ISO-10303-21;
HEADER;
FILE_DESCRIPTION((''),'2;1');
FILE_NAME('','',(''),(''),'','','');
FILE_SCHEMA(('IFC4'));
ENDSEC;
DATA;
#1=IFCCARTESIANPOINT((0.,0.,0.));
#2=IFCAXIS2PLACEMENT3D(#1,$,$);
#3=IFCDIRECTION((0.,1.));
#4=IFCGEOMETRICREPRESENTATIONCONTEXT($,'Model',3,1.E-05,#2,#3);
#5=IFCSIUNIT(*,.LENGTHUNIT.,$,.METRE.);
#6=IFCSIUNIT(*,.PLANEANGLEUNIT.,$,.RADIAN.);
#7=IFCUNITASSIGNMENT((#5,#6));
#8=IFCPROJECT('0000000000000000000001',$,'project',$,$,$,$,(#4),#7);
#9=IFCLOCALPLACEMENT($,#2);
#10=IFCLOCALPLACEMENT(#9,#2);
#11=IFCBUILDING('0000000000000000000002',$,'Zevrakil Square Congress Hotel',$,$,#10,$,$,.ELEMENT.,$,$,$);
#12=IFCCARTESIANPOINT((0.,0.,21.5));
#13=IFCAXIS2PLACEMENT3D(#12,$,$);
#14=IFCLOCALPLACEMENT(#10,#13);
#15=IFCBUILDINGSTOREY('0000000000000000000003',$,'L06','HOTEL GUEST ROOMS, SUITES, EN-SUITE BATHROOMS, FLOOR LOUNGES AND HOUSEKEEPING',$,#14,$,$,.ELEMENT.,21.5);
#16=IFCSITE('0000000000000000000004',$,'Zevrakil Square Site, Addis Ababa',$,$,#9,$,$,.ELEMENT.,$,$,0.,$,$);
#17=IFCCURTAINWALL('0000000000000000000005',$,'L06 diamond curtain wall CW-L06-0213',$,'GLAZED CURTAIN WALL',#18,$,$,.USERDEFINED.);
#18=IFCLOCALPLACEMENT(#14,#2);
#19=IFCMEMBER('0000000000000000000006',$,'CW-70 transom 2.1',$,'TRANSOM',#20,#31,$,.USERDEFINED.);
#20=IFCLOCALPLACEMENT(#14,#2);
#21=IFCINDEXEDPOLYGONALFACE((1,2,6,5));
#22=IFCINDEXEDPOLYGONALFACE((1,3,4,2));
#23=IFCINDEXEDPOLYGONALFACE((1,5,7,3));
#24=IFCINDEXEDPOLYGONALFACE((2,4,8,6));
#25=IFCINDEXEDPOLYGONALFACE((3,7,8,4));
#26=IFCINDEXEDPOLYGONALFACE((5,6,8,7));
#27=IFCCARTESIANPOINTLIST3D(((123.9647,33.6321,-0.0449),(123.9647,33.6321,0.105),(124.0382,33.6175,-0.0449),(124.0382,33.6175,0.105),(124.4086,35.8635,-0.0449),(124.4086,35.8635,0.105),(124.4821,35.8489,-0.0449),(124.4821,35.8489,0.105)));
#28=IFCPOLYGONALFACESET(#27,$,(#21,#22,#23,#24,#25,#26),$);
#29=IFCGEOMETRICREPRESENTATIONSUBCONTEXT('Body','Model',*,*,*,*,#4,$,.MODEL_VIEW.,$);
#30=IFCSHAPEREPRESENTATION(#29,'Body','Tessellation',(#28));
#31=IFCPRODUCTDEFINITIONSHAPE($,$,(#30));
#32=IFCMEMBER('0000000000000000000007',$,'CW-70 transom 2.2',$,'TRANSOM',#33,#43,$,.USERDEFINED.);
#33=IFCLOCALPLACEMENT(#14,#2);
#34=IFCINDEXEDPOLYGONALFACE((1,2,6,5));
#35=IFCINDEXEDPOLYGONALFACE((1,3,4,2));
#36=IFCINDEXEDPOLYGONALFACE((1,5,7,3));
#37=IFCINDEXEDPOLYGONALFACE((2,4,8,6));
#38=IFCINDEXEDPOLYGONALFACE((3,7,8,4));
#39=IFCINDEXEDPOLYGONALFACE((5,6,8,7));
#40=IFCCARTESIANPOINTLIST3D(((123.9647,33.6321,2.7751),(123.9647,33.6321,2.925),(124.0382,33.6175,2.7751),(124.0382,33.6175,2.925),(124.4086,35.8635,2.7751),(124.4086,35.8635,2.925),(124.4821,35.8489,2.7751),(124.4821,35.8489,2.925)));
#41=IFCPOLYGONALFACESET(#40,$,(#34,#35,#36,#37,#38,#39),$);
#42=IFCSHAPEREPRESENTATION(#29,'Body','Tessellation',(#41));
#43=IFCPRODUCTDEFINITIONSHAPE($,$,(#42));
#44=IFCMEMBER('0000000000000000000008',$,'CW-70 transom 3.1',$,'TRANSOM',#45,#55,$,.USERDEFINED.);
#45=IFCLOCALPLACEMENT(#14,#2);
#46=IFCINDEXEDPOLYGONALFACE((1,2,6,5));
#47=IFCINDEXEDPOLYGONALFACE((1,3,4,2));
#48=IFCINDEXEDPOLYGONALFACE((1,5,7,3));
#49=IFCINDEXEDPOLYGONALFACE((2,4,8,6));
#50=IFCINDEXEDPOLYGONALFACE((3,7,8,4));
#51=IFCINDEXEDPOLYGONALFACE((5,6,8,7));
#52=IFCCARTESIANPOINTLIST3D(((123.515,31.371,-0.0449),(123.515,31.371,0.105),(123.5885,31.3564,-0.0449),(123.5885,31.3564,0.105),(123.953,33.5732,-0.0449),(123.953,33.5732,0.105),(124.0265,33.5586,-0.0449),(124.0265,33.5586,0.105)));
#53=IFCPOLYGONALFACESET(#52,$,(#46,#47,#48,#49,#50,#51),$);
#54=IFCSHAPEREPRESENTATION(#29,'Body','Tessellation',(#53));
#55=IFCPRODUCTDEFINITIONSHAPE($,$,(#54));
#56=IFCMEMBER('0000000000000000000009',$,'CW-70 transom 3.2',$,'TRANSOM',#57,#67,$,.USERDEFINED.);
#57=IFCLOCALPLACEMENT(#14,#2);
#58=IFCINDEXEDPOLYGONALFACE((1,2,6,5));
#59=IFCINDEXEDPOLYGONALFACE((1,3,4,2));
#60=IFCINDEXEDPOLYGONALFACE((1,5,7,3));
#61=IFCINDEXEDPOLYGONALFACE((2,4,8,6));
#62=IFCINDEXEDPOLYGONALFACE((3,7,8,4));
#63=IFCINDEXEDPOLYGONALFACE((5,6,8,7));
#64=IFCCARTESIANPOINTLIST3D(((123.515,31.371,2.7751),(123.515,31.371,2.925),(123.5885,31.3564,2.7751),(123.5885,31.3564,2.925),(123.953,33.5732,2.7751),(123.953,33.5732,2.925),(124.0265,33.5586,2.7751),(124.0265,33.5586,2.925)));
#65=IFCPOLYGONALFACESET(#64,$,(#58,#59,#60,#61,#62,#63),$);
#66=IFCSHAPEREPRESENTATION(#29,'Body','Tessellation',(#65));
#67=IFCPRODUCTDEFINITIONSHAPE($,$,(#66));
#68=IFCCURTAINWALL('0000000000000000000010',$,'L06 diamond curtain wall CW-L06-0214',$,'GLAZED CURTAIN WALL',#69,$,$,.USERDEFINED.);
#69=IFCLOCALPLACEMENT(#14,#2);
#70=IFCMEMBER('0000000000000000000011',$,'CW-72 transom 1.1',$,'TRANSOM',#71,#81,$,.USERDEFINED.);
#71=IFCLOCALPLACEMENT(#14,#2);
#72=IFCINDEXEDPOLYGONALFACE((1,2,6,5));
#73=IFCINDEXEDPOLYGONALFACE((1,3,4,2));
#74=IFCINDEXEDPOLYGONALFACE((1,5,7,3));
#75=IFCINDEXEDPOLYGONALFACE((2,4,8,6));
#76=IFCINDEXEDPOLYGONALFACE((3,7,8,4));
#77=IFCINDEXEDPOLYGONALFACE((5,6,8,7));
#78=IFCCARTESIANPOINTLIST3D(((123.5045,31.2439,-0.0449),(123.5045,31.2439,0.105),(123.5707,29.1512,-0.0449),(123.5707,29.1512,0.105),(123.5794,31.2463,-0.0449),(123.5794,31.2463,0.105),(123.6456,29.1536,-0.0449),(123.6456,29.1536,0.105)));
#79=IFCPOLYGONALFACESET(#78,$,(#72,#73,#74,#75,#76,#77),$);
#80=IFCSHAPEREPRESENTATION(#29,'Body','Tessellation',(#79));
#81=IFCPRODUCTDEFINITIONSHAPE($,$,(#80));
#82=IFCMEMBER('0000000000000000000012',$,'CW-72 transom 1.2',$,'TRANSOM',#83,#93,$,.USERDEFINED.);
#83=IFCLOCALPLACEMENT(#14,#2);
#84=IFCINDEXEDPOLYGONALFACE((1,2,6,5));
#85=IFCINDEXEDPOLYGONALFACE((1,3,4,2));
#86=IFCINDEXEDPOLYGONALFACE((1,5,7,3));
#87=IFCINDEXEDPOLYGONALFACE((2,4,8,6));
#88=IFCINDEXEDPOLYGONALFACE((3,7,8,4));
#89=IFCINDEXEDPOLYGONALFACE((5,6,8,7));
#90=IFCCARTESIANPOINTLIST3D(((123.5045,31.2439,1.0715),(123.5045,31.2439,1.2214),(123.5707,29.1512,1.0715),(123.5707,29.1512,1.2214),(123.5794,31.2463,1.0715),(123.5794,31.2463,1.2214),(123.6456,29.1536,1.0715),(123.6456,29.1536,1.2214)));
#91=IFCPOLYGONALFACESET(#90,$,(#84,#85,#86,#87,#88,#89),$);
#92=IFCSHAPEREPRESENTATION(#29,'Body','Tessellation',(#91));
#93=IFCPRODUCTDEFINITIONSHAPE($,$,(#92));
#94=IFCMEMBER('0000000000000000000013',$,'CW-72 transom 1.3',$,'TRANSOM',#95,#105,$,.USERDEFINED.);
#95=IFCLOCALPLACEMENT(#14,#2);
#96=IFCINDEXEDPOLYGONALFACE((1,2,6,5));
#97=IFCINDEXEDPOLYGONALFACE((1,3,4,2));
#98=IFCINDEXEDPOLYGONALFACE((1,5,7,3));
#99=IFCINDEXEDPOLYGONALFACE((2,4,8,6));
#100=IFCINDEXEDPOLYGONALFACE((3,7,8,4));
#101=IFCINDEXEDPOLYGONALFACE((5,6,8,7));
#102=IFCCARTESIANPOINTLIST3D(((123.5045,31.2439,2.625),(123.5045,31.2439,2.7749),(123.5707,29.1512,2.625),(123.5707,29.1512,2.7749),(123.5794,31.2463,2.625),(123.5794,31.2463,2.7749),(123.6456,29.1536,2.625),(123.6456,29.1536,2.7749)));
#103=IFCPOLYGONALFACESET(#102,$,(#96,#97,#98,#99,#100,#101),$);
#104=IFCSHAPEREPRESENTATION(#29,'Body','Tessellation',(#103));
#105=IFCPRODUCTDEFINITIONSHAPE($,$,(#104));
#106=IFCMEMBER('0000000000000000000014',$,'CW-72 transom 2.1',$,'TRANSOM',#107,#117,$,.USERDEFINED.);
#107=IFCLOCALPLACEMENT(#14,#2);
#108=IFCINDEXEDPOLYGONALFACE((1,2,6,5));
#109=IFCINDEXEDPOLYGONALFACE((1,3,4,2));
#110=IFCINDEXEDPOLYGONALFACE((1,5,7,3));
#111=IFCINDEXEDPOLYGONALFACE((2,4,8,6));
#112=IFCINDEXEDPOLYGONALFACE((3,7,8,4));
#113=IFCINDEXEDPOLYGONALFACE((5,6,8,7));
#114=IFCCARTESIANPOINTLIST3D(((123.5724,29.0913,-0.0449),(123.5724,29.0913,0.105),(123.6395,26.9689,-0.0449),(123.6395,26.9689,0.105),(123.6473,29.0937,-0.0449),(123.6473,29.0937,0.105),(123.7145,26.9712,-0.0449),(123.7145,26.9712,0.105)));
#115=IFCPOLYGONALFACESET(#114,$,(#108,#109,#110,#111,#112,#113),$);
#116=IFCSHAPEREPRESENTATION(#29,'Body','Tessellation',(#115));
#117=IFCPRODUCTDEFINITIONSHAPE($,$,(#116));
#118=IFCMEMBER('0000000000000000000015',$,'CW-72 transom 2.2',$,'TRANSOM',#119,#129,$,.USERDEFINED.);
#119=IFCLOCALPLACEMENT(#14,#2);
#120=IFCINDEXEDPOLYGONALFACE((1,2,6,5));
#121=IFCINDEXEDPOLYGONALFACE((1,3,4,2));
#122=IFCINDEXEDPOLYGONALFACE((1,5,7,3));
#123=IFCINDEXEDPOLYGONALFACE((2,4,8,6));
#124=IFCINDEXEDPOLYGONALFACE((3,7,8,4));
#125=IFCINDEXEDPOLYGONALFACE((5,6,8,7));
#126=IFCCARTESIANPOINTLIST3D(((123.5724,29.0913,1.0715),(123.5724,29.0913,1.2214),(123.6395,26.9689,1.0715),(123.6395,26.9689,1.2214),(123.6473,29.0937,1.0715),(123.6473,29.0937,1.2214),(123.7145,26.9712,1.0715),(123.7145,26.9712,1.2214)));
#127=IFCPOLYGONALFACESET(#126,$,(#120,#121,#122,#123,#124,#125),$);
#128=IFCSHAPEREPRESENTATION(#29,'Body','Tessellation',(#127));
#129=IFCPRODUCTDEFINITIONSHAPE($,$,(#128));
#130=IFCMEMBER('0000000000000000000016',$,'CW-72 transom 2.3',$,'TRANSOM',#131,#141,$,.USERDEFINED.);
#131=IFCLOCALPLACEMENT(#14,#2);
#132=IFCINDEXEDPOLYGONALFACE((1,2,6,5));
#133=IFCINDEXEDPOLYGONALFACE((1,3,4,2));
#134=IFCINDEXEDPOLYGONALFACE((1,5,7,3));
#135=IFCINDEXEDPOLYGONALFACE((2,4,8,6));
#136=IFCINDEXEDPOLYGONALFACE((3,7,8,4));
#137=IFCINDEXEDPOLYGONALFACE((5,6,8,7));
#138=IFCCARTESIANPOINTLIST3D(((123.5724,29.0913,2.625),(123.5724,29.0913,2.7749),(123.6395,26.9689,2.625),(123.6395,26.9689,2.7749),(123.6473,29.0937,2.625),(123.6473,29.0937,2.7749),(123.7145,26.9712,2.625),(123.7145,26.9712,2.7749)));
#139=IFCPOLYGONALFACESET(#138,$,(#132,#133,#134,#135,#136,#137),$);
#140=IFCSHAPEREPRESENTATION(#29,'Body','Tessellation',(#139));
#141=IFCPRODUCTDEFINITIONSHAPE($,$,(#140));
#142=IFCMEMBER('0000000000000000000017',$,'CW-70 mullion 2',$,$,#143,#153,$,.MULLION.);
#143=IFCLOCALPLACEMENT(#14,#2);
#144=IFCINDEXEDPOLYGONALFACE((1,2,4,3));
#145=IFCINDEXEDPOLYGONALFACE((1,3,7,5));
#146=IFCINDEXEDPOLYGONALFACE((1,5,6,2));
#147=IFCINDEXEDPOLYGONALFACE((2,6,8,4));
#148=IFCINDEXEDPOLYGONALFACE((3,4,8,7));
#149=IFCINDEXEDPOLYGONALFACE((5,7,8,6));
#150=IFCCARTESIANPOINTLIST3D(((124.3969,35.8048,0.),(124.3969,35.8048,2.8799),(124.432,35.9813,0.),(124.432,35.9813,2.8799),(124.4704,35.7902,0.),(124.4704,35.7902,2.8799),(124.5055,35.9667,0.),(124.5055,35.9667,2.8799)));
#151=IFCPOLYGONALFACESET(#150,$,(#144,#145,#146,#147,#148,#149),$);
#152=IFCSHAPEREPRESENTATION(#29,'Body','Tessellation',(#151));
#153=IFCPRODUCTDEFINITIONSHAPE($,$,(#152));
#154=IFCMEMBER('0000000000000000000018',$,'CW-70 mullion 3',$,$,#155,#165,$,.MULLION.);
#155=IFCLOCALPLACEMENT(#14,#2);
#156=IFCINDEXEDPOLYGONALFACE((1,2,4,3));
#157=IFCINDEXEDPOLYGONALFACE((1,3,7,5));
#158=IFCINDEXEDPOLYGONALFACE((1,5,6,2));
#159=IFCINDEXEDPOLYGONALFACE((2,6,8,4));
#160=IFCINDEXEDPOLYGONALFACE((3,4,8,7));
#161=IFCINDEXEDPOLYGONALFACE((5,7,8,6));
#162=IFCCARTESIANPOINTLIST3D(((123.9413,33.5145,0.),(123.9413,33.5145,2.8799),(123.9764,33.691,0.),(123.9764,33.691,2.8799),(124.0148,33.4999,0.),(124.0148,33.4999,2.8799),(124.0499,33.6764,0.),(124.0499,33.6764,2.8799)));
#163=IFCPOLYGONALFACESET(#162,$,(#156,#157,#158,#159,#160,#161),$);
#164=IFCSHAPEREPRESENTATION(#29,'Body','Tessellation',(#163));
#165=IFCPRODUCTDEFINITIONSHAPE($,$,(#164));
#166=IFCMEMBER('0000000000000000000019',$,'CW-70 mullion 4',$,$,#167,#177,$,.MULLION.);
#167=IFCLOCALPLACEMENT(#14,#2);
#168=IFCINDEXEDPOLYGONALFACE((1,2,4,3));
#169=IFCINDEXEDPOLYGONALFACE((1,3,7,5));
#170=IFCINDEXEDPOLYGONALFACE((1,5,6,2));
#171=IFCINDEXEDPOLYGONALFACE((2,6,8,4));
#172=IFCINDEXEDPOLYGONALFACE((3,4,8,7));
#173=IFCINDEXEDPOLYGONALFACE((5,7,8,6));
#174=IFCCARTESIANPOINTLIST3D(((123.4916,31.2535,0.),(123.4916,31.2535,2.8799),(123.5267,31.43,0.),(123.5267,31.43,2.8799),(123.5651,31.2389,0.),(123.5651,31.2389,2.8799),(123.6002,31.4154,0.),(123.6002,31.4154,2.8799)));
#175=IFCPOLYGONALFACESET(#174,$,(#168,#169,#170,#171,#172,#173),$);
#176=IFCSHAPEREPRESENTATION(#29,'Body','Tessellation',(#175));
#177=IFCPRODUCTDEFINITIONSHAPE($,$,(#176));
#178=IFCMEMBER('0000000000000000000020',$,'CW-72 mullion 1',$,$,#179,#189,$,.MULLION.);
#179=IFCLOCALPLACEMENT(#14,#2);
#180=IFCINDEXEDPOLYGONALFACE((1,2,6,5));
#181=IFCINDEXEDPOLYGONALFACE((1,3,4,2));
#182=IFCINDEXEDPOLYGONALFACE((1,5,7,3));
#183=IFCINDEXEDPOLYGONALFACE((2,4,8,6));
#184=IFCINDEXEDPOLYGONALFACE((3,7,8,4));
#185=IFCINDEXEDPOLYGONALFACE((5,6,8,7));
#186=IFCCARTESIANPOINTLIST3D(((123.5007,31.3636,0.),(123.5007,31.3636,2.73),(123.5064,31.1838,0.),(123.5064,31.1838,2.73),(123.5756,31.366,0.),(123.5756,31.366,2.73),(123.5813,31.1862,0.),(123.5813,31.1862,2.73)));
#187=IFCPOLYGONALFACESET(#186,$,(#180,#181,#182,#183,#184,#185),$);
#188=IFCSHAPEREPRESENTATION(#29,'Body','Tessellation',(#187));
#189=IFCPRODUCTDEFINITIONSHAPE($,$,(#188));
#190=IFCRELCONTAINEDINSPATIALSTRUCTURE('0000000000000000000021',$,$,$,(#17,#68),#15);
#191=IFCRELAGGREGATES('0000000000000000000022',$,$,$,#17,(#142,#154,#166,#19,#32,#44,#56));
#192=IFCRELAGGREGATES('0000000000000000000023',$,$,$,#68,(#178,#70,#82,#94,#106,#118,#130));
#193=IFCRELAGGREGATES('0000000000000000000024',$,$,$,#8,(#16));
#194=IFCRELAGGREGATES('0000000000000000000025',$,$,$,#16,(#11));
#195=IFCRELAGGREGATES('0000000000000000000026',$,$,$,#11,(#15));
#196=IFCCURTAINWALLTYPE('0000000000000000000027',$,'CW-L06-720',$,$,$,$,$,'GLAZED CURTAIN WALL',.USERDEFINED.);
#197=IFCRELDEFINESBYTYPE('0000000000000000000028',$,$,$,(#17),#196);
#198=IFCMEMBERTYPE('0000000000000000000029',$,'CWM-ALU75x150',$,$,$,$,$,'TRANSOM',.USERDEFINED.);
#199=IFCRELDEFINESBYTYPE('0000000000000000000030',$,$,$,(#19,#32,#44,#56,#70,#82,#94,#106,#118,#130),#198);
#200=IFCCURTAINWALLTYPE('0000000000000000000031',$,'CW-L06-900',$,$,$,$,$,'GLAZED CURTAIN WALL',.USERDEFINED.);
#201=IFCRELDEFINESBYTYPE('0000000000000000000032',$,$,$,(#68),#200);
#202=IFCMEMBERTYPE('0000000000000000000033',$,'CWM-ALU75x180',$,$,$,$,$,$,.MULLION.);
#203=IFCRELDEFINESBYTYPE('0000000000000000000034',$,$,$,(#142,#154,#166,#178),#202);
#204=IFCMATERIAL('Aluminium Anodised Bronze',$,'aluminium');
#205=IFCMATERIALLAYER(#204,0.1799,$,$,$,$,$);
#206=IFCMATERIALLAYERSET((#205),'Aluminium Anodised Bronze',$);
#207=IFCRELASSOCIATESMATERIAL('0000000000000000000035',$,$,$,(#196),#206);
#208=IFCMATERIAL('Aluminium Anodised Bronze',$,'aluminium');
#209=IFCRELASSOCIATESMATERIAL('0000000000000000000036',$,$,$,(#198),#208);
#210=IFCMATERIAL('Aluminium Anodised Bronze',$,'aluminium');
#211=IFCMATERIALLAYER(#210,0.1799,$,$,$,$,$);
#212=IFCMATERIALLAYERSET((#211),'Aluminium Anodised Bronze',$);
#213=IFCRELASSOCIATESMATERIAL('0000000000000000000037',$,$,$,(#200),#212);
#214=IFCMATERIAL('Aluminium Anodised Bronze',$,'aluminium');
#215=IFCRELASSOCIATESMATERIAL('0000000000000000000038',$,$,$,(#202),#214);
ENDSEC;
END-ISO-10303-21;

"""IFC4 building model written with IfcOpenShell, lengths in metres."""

from ifc_helpers import new_model, si_unit, direction, frame, origin, origin_2d, place, context, subcontext, project, spatial, rectangle, extrude, material, layer, layer_set, material_profile, profile_set, type_object, element, aggregate, save


model = new_model("IFC4")

# Units and contexts
model_context = context("Model", 3, precision=1e-05, world=origin(), true_north=direction((0.0, 1.0)))
body_context = subcontext(model_context, "Body", "Model", "MODEL_VIEW")
ifc_project = project(units=[si_unit("LENGTHUNIT", "METRE"), si_unit("PLANEANGLEUNIT", "RADIAN")], contexts=[model_context])

# Site, building, storey
site_placement = place(None, origin())
site = spatial("IfcSite", under=ifc_project, at=site_placement, Name="Zevrakil Square Site, Addis Ababa", CompositionType="ELEMENT", RefElevation=0.0)
building_placement = place(site_placement, origin())
building = spatial("IfcBuilding", under=site, at=building_placement, Name="Zevrakil Square Congress Hotel", CompositionType="ELEMENT")
storey_placement = place(building_placement, frame((0.0, 0.0, 21.5)))
storey = spatial("IfcBuildingStorey", under=building, at=storey_placement, Name="L06", Description="HOTEL GUEST ROOMS, SUITES, EN-SUITE BATHROOMS, FLOOR LOUNGES AND HOUSEKEEPING", CompositionType="ELEMENT", Elevation=21.5)

# Curtain walls, members
ifc_material_1 = material(Name="Aluminium Anodised Bronze", Category="aluminium")
ifc_layer_1 = layer(ifc_material_1, 0.1799)
ifc_layer_set_1 = layer_set([ifc_layer_1], Name="Aluminium Anodised Bronze")
curtain_wall_type_1 = type_object("IfcCurtainWallType", Name="CW-L06-720", ElementType="GLAZED CURTAIN WALL", PredefinedType="USERDEFINED", material=ifc_layer_set_1)
curtain_wall_1_placement = place(storey_placement, origin())
curtain_wall_1 = element("IfcCurtainWall", 1, at=curtain_wall_1_placement, inside=storey, type_object=curtain_wall_type_1, Name="L06 diamond curtain wall CW-L06-0213", ObjectType="GLAZED CURTAIN WALL", PredefinedType="USERDEFINED")
ifc_material_2 = material(Name="Aluminium Anodised Bronze", Category="aluminium")
ifc_material_profile_1 = material_profile(ifc_material_2, rectangle(XDim=0.075, YDim=0.1499, at=origin_2d()), Name="ALU 75x150")
ifc_profile_set_1 = profile_set([ifc_material_profile_1], Name="Aluminium Anodised Bronze")
member_type_1 = type_object("IfcMemberType", Name="CWM-ALU75x150", ElementType="TRANSOM", PredefinedType="USERDEFINED", material=ifc_profile_set_1)
member_1_placement = place(storey_placement, frame((124.4453, 35.8562, 0.03), z_axis=(-0.195084, -0.980786, 0.0), x_axis=(0.980786, -0.195084, 0.0)))
member_1 = element("IfcMember", 2, at=member_1_placement, type_object=member_type_1, Name="CW-70 transom 2.1", ObjectType="TRANSOM", PredefinedType="USERDEFINED", context=body_context, shape_type="SweptSolid", body=[
    extrude(rectangle(XDim=0.075, YDim=0.1499, at=origin_2d()), origin(), (0.0, 0.0, 1.0), 2.2751),
])
member_2_placement = place(storey_placement, frame((124.4453, 35.8562, 2.8501), z_axis=(-0.195084, -0.980786, 0.0), x_axis=(0.980786, -0.195084, 0.0)))
member_2 = element("IfcMember", 3, at=member_2_placement, type_object=member_type_1, Name="CW-70 transom 2.2", ObjectType="TRANSOM", PredefinedType="USERDEFINED", context=body_context, shape_type="SweptSolid", body=[
    extrude(rectangle(XDim=0.075, YDim=0.1499, at=origin_2d()), origin(), (0.0, 0.0, 1.0), 2.2751),
])
member_3_placement = place(storey_placement, frame((123.9897, 33.5659, 0.03), z_axis=(-0.19507, -0.980789, 0.0), x_axis=(0.980789, -0.19507, 0.0)))
member_3 = element("IfcMember", 4, at=member_3_placement, type_object=member_type_1, Name="CW-70 transom 3.1", ObjectType="TRANSOM", PredefinedType="USERDEFINED", context=body_context, shape_type="SweptSolid", body=[
    extrude(rectangle(XDim=0.075, YDim=0.1499, at=origin_2d()), origin(), (0.0, 0.0, 1.0), 2.2454),
])
member_4_placement = place(storey_placement, frame((123.9897, 33.5659, 2.8501), z_axis=(-0.19507, -0.980789, 0.0), x_axis=(0.980789, -0.19507, 0.0)))
member_4 = element("IfcMember", 5, at=member_4_placement, type_object=member_type_1, Name="CW-70 transom 3.2", ObjectType="TRANSOM", PredefinedType="USERDEFINED", context=body_context, shape_type="SweptSolid", body=[
    extrude(rectangle(XDim=0.075, YDim=0.1499, at=origin_2d()), origin(), (0.0, 0.0, 1.0), 2.2454),
])
ifc_material_3 = material(Name="Aluminium Anodised Bronze", Category="aluminium")
ifc_layer_2 = layer(ifc_material_3, 0.1799)
ifc_layer_set_2 = layer_set([ifc_layer_2], Name="Aluminium Anodised Bronze")
curtain_wall_type_2 = type_object("IfcCurtainWallType", Name="CW-L06-900", ElementType="GLAZED CURTAIN WALL", PredefinedType="USERDEFINED", material=ifc_layer_set_2)
curtain_wall_2_placement = place(storey_placement, origin())
curtain_wall_2 = element("IfcCurtainWall", 6, at=curtain_wall_2_placement, inside=storey, type_object=curtain_wall_type_2, Name="L06 diamond curtain wall CW-L06-0214", ObjectType="GLAZED CURTAIN WALL", PredefinedType="USERDEFINED")
member_5_placement = place(storey_placement, frame((123.542, 31.2451, 0.03), z_axis=(0.031599, -0.999501, 0.0), x_axis=(0.999501, 0.031599, 0.0)))
member_5 = element("IfcMember", 7, at=member_5_placement, type_object=member_type_1, Name="CW-72 transom 1.1", ObjectType="TRANSOM", PredefinedType="USERDEFINED", context=body_context, shape_type="SweptSolid", body=[
    extrude(rectangle(XDim=0.075, YDim=0.1499, at=origin_2d()), origin(), (0.0, 0.0, 1.0), 2.0938),
])
member_6_placement = place(storey_placement, frame((123.542, 31.2451, 1.1465), z_axis=(0.031599, -0.999501, 0.0), x_axis=(0.999501, 0.031599, 0.0)))
member_6 = element("IfcMember", 8, at=member_6_placement, type_object=member_type_1, Name="CW-72 transom 1.2", ObjectType="TRANSOM", PredefinedType="USERDEFINED", context=body_context, shape_type="SweptSolid", body=[
    extrude(rectangle(XDim=0.075, YDim=0.1499, at=origin_2d()), origin(), (0.0, 0.0, 1.0), 2.0938),
])
member_7_placement = place(storey_placement, frame((123.542, 31.2451, 2.7), z_axis=(0.031599, -0.999501, 0.0), x_axis=(0.999501, 0.031599, 0.0)))
member_7 = element("IfcMember", 9, at=member_7_placement, type_object=member_type_1, Name="CW-72 transom 1.3", ObjectType="TRANSOM", PredefinedType="USERDEFINED", context=body_context, shape_type="SweptSolid", body=[
    extrude(rectangle(XDim=0.075, YDim=0.1499, at=origin_2d()), origin(), (0.0, 0.0, 1.0), 2.0938),
])
member_8_placement = place(storey_placement, frame((123.6099, 29.0925, 0.03), z_axis=(0.031615, -0.9995, 0.0), x_axis=(0.9995, 0.031615, 0.0)))
member_8 = element("IfcMember", 10, at=member_8_placement, type_object=member_type_1, Name="CW-72 transom 2.1", ObjectType="TRANSOM", PredefinedType="USERDEFINED", context=body_context, shape_type="SweptSolid", body=[
    extrude(rectangle(XDim=0.075, YDim=0.1499, at=origin_2d()), origin(), (0.0, 0.0, 1.0), 2.1235),
])
member_9_placement = place(storey_placement, frame((123.6099, 29.0925, 1.1465), z_axis=(0.031615, -0.9995, 0.0), x_axis=(0.9995, 0.031615, 0.0)))
member_9 = element("IfcMember", 11, at=member_9_placement, type_object=member_type_1, Name="CW-72 transom 2.2", ObjectType="TRANSOM", PredefinedType="USERDEFINED", context=body_context, shape_type="SweptSolid", body=[
    extrude(rectangle(XDim=0.075, YDim=0.1499, at=origin_2d()), origin(), (0.0, 0.0, 1.0), 2.1235),
])
member_10_placement = place(storey_placement, frame((123.6099, 29.0925, 2.7), z_axis=(0.031615, -0.9995, 0.0), x_axis=(0.9995, 0.031615, 0.0)))
member_10 = element("IfcMember", 12, at=member_10_placement, type_object=member_type_1, Name="CW-72 transom 2.3", ObjectType="TRANSOM", PredefinedType="USERDEFINED", context=body_context, shape_type="SweptSolid", body=[
    extrude(rectangle(XDim=0.075, YDim=0.1499, at=origin_2d()), origin(), (0.0, 0.0, 1.0), 2.1235),
])

# Members
ifc_material_4 = material(Name="Aluminium Anodised Bronze", Category="aluminium")
ifc_material_profile_2 = material_profile(ifc_material_4, rectangle(XDim=0.075, YDim=0.1799, at=origin_2d()), Name="ALU 75x180")
ifc_profile_set_2 = profile_set([ifc_material_profile_2], Name="Aluminium Anodised Bronze")
member_type_2 = type_object("IfcMemberType", Name="CWM-ALU75x180", PredefinedType="MULLION", material=ifc_profile_set_2)
member_11_placement = place(storey_placement, frame((124.4512, 35.8857, 0.0), z_axis=(0.0, 0.0, 1.0), x_axis=(0.980787, -0.195084, 0.0)))
member_11 = element("IfcMember", 13, at=member_11_placement, type_object=member_type_2, Name="CW-70 mullion 2", PredefinedType="MULLION", context=body_context, shape_type="SweptSolid", body=[
    extrude(rectangle(XDim=0.075, YDim=0.1799, at=origin_2d()), origin(), (0.0, 0.0, 1.0), 2.8799),
])
member_12_placement = place(storey_placement, frame((123.9956, 33.5955, 0.0), z_axis=(0.0, 0.0, 1.0), x_axis=(0.980787, -0.195084, 0.0)))
member_12 = element("IfcMember", 14, at=member_12_placement, type_object=member_type_2, Name="CW-70 mullion 3", PredefinedType="MULLION", context=body_context, shape_type="SweptSolid", body=[
    extrude(rectangle(XDim=0.075, YDim=0.1799, at=origin_2d()), origin(), (0.0, 0.0, 1.0), 2.8799),
])
member_13_placement = place(storey_placement, frame((123.5459, 31.3345, 0.0), z_axis=(0.0, 0.0, 1.0), x_axis=(0.980787, -0.195084, 0.0)))
member_13 = element("IfcMember", 15, at=member_13_placement, type_object=member_type_2, Name="CW-70 mullion 4", PredefinedType="MULLION", context=body_context, shape_type="SweptSolid", body=[
    extrude(rectangle(XDim=0.075, YDim=0.1799, at=origin_2d()), origin(), (0.0, 0.0, 1.0), 2.8799),
])
member_14_placement = place(storey_placement, frame((123.541, 31.2749, 0.0), z_axis=(0.0, 0.0, 1.0), x_axis=(0.999501, 0.031598, 0.0)))
member_14 = element("IfcMember", 16, at=member_14_placement, type_object=member_type_2, Name="CW-72 mullion 1", PredefinedType="MULLION", context=body_context, shape_type="SweptSolid", body=[
    extrude(rectangle(XDim=0.075, YDim=0.1799, at=origin_2d()), origin(), (0.0, 0.0, 1.0), 2.73),
])

aggregate(curtain_wall_1, [member_11, member_12, member_13, member_1, member_2, member_3, member_4])
aggregate(curtain_wall_2, [member_14, member_5, member_6, member_7, member_8, member_9, member_10])

save(model, "model.ifc")
